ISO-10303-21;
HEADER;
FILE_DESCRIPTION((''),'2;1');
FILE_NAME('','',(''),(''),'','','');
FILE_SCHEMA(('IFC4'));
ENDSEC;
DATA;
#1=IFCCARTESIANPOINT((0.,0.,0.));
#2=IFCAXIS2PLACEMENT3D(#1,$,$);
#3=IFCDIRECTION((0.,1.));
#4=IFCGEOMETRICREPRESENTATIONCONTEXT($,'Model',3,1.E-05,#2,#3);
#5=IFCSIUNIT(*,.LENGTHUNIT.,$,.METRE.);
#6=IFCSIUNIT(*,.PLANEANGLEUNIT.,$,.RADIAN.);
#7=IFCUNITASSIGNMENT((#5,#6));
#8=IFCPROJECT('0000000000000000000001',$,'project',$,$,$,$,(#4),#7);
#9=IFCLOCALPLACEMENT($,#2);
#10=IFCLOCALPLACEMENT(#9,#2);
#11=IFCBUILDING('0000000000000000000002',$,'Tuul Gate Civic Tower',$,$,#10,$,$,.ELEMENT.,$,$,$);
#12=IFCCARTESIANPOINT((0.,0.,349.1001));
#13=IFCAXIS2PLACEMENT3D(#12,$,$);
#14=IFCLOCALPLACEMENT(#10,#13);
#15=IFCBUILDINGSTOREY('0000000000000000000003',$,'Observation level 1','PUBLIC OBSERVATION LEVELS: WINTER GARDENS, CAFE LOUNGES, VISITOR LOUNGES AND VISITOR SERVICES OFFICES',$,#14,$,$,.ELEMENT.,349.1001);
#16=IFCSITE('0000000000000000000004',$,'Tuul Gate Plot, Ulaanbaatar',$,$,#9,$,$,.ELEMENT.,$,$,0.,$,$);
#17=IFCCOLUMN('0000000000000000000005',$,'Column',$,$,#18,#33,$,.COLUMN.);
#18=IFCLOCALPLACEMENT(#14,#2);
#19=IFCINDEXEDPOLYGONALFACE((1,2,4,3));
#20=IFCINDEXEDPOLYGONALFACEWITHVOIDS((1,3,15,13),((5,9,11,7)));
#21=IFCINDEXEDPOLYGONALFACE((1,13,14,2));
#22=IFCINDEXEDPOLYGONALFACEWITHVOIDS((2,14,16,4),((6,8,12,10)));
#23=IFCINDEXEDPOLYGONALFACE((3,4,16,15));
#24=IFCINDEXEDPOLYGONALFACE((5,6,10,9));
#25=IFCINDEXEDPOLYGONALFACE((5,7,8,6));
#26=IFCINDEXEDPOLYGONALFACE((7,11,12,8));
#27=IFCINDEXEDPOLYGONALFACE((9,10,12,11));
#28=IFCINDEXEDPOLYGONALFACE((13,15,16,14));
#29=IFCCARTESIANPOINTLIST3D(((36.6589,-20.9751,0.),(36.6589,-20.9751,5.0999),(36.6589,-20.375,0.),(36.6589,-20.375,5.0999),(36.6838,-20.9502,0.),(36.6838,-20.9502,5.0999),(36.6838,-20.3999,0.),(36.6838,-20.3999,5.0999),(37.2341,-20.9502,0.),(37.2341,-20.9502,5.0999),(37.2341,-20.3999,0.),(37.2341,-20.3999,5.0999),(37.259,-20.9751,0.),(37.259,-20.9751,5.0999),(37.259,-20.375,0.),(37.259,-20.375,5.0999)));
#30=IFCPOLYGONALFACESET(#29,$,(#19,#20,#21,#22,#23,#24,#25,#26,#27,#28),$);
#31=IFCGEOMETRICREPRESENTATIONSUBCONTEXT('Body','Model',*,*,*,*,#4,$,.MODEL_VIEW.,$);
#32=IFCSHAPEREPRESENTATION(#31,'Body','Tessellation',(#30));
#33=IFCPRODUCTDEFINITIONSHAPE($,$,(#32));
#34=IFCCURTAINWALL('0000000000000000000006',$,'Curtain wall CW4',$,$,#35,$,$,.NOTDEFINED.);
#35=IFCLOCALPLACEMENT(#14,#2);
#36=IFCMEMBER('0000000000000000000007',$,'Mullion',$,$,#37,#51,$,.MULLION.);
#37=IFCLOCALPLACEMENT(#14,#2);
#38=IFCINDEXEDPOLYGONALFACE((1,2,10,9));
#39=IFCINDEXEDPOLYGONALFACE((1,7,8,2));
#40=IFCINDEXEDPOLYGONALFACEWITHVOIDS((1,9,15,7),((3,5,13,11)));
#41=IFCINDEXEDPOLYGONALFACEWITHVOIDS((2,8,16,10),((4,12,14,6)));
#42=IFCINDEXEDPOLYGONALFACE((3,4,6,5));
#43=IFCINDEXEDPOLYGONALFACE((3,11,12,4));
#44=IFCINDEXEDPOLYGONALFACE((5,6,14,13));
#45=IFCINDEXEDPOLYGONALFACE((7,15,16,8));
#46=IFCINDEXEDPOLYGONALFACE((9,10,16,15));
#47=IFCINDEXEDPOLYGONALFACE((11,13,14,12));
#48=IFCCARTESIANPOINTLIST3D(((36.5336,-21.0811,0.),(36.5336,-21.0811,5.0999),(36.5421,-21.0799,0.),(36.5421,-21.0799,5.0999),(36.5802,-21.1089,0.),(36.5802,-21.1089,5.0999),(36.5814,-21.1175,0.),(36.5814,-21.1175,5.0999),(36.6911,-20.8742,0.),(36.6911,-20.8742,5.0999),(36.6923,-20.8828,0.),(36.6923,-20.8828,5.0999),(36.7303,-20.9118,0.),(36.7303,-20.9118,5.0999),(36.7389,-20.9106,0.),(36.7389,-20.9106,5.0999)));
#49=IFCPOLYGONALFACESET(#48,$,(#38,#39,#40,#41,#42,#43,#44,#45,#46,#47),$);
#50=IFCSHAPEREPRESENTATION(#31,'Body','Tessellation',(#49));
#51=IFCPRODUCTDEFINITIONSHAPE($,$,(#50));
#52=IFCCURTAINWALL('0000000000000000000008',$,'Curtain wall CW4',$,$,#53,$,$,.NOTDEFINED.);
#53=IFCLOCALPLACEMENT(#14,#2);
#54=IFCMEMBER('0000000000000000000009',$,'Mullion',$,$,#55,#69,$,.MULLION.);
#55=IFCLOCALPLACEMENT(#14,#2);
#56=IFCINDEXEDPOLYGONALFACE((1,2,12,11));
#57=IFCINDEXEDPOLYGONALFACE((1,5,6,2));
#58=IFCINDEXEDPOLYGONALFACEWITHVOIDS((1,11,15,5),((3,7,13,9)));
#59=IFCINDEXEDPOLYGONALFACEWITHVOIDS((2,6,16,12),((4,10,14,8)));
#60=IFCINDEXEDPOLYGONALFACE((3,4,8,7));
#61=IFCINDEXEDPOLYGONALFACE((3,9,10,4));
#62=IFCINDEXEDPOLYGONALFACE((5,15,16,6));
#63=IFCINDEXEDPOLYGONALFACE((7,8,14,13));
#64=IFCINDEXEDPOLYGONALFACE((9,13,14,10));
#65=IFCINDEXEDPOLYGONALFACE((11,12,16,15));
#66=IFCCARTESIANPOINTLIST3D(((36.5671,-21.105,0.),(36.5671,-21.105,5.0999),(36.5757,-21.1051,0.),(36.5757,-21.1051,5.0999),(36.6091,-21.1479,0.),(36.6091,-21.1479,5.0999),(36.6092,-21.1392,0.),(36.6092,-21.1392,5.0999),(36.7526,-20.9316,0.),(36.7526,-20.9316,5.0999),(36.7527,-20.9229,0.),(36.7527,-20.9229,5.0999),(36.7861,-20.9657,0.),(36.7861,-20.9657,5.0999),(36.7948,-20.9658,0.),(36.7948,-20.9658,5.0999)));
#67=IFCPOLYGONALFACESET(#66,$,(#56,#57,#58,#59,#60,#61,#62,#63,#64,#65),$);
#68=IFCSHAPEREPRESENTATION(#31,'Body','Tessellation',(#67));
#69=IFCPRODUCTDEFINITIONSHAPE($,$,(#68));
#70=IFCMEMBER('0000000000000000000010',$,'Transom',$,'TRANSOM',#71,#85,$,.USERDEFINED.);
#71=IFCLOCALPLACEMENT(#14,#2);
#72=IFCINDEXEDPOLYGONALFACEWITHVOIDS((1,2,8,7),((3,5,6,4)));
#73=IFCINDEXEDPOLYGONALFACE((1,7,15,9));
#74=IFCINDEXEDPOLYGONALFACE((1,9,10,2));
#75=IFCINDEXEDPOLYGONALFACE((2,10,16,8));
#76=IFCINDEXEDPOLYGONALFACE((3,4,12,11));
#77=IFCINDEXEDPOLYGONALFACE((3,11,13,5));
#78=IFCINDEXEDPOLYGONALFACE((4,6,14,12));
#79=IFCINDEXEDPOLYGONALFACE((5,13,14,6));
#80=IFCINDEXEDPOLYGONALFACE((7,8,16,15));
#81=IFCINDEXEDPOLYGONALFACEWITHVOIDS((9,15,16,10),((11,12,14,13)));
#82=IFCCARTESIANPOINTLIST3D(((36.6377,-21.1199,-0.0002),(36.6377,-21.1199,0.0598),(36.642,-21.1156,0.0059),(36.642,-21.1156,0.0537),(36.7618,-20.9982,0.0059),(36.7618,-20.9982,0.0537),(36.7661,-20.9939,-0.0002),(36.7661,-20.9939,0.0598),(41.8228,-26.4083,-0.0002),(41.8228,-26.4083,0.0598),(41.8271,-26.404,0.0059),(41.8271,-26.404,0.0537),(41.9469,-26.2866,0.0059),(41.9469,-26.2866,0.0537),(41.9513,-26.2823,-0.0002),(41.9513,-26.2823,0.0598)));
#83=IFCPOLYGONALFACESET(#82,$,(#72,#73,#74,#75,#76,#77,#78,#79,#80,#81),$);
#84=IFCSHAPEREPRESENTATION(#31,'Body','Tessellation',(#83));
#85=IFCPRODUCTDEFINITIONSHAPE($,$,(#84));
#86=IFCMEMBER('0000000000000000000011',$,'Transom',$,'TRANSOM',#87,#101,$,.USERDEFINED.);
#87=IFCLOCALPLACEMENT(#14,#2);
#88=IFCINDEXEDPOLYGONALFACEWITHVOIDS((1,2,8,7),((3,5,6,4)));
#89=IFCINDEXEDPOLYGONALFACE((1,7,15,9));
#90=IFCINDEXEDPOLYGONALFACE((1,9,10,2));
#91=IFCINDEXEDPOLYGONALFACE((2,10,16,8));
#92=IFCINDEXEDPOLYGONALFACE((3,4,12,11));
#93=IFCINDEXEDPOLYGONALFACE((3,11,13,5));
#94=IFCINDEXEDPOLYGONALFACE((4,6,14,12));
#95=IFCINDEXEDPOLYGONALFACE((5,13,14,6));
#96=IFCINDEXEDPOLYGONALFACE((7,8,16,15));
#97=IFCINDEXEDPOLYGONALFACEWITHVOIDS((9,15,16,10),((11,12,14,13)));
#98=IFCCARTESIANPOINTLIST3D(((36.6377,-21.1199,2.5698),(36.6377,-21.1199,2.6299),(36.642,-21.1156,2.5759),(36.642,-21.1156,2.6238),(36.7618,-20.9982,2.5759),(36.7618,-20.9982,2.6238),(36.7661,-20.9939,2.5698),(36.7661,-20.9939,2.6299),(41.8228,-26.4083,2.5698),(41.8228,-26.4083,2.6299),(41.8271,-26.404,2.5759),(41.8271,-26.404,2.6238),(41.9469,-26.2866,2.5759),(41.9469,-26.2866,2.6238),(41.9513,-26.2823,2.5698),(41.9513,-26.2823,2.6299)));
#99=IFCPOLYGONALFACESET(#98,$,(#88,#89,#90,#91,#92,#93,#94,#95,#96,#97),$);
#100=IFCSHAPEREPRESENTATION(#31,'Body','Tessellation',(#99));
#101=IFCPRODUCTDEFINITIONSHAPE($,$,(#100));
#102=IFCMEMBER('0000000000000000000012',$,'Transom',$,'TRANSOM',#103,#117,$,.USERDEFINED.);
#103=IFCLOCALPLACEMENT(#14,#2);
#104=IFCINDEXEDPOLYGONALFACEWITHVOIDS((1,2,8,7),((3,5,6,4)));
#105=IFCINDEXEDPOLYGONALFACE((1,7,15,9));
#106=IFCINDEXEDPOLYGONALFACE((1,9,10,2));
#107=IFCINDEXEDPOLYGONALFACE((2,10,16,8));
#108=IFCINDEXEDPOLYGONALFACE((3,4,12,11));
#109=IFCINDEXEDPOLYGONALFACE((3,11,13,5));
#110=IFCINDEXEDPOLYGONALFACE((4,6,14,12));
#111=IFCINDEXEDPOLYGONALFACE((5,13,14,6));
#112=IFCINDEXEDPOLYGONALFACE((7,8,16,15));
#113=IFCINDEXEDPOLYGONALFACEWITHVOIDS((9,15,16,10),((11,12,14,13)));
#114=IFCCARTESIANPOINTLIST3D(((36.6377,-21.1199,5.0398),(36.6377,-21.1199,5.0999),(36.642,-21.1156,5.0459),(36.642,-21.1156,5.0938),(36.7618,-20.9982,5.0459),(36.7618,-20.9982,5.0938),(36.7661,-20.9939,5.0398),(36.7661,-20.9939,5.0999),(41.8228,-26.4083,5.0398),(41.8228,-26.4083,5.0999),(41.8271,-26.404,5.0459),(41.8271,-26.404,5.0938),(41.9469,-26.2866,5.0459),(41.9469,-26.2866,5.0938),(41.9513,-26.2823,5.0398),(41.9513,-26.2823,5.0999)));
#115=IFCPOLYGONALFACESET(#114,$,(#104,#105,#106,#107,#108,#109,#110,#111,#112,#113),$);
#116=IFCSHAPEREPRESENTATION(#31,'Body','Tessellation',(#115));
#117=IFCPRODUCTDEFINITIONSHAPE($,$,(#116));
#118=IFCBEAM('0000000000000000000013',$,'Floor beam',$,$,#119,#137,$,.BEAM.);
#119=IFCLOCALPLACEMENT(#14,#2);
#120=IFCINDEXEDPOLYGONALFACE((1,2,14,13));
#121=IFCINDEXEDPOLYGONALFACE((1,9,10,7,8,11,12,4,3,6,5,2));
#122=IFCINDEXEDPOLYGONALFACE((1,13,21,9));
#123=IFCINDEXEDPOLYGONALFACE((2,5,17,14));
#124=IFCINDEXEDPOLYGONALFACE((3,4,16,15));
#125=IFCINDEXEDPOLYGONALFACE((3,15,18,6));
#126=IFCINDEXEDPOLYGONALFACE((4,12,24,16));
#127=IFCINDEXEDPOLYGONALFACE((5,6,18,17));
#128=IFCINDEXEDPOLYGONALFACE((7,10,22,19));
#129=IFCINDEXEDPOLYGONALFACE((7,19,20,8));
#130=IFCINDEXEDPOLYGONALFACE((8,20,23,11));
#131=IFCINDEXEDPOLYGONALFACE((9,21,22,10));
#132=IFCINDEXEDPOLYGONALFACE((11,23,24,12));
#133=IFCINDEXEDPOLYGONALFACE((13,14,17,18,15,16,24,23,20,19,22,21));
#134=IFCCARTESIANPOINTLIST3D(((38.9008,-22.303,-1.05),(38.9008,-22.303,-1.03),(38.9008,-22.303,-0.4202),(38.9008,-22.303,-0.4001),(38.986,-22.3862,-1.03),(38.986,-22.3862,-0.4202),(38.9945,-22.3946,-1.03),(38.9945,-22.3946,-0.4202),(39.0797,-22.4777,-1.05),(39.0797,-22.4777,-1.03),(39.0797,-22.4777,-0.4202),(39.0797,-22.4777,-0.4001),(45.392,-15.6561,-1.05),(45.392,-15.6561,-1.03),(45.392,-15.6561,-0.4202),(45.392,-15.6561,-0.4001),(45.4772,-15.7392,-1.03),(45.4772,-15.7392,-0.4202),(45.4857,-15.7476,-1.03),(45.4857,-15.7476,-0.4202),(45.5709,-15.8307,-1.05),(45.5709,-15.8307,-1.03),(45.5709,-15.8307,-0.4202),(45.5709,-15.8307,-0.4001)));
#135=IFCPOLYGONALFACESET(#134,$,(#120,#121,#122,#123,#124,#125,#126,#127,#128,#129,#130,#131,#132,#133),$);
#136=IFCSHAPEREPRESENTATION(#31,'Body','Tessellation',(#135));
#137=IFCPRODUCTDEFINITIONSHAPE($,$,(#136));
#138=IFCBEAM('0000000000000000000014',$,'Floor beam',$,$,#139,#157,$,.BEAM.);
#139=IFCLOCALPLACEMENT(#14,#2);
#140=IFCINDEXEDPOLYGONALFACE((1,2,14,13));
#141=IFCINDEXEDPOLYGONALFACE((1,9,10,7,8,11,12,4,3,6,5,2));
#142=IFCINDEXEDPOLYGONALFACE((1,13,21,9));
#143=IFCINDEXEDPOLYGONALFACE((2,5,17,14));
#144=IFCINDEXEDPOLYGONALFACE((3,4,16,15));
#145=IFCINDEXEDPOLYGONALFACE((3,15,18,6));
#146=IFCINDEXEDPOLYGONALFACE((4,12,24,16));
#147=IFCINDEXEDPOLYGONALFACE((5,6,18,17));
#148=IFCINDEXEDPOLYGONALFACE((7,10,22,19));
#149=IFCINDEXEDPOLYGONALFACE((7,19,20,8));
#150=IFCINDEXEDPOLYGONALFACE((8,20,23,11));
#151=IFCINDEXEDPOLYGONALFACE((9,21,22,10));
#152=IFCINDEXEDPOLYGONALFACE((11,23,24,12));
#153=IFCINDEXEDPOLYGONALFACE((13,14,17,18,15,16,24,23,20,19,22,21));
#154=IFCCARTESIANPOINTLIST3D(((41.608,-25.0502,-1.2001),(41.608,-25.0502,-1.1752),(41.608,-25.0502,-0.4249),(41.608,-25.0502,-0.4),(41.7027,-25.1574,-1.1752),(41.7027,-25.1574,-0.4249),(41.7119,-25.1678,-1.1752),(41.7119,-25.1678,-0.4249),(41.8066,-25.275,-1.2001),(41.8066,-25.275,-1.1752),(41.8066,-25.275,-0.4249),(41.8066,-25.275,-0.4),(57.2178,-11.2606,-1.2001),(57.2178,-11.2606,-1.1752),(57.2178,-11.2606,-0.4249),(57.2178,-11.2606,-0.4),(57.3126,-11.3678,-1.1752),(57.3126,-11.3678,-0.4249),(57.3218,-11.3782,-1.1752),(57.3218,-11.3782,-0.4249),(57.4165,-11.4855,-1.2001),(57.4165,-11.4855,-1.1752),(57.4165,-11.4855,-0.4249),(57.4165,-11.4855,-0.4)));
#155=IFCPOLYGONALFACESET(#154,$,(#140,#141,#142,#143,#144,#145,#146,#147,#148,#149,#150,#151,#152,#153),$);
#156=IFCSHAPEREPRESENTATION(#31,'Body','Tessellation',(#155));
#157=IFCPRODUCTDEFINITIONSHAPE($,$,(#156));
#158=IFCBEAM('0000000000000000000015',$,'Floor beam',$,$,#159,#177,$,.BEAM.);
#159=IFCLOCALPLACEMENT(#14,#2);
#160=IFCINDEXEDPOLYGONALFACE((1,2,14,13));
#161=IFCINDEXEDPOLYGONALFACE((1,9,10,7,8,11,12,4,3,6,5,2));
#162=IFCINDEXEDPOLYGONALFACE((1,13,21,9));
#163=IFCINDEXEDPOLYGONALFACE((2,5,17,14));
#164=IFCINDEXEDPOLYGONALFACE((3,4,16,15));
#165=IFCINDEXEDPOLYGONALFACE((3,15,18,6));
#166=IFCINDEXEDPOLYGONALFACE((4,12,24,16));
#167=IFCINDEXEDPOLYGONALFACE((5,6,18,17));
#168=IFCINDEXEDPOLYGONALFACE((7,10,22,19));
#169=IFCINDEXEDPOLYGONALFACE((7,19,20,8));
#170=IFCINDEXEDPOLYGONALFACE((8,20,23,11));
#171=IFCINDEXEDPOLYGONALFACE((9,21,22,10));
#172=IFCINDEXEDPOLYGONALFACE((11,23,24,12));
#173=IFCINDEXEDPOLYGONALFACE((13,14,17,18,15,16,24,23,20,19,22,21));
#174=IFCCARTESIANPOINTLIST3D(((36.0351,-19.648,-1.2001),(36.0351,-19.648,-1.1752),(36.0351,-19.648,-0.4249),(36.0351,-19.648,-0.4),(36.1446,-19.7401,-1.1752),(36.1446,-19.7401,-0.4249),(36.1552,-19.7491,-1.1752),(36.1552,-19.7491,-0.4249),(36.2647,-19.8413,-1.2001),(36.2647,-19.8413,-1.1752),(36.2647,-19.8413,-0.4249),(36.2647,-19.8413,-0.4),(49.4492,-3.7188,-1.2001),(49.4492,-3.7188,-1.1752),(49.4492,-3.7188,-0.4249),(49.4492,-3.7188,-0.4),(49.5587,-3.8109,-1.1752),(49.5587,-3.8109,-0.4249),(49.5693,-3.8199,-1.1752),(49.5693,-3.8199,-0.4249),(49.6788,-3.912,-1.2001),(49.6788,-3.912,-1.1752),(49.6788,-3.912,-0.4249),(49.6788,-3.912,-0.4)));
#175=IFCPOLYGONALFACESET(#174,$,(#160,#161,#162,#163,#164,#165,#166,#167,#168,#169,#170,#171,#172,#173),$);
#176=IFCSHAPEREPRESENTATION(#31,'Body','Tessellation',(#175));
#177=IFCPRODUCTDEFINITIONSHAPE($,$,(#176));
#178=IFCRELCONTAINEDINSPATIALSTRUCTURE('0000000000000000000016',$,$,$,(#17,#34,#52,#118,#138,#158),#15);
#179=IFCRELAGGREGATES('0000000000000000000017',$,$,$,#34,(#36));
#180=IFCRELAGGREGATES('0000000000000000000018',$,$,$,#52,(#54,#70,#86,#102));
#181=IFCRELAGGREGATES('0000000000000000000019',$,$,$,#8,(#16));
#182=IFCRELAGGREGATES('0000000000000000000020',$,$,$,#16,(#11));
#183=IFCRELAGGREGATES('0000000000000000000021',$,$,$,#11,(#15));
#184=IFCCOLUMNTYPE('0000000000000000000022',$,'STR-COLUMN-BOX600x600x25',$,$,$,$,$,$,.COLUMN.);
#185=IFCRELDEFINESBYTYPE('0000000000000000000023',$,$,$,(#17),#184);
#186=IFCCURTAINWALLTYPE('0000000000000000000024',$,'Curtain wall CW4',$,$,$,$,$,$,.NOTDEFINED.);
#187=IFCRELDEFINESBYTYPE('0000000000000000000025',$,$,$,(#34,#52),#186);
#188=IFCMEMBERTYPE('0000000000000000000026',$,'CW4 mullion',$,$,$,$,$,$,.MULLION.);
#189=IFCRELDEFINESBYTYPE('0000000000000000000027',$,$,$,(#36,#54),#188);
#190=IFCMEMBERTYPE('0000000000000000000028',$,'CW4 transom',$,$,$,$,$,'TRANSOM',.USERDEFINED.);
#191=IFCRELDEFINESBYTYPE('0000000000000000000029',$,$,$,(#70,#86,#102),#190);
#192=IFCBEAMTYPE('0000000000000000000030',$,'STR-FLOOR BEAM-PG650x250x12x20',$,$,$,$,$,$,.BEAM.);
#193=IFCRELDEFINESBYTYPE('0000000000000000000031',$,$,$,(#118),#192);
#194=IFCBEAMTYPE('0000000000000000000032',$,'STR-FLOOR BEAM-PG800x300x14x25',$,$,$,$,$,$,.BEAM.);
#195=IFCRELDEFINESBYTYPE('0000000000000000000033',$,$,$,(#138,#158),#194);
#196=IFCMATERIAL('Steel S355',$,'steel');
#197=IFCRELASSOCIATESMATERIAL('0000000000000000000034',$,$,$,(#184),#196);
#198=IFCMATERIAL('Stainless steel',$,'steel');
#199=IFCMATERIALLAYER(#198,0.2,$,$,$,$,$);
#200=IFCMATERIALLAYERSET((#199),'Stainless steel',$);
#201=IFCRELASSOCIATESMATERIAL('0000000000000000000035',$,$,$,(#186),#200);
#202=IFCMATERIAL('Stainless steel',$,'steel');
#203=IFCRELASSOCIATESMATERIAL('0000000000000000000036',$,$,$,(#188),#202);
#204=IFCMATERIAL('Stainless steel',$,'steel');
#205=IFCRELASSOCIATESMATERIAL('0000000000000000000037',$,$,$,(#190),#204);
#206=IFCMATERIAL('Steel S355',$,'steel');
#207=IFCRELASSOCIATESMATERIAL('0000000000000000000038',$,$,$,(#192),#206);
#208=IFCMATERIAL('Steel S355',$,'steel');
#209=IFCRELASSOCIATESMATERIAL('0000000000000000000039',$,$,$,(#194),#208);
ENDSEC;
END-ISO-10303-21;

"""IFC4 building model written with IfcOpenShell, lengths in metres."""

from ifc_helpers import new_model, si_unit, direction, frame, origin, origin_2d, place, context, subcontext, project, spatial, hollow_rectangle, i_section, extrude, material, layer, layer_set, material_profile, profile_set, type_object, element, aggregate, save


model = new_model("IFC4")

# Units and contexts
model_context = context("Model", 3, precision=1e-05, world=origin(), true_north=direction((0.0, 1.0)))
body_context = subcontext(model_context, "Body", "Model", "MODEL_VIEW")
ifc_project = project(units=[si_unit("LENGTHUNIT", "METRE"), si_unit("PLANEANGLEUNIT", "RADIAN")], contexts=[model_context])

# Site, building, storey
site_placement = place(None, origin())
site = spatial("IfcSite", under=ifc_project, at=site_placement, Name="Tuul Gate Plot, Ulaanbaatar", CompositionType="ELEMENT", RefElevation=0.0)
building_placement = place(site_placement, origin())
building = spatial("IfcBuilding", under=site, at=building_placement, Name="Tuul Gate Civic Tower", CompositionType="ELEMENT")
storey_placement = place(building_placement, frame((0.0, 0.0, 349.1001)))
storey = spatial("IfcBuildingStorey", under=building, at=storey_placement, Name="Observation level 1", Description="PUBLIC OBSERVATION LEVELS: WINTER GARDENS, CAFE LOUNGES, VISITOR LOUNGES AND VISITOR SERVICES OFFICES", CompositionType="ELEMENT", Elevation=349.1001)

# Column
ifc_material_1 = material(Name="Steel S355", Category="steel")
ifc_material_profile_1 = material_profile(ifc_material_1, hollow_rectangle(XDim=0.6001, YDim=0.6001, WallThickness=0.0249, at=origin_2d()), Name="BOX600x600x25")
ifc_profile_set_1 = profile_set([ifc_material_profile_1], Name="Steel S355")
column_type = type_object("IfcColumnType", Name="STR-COLUMN-BOX600x600x25", PredefinedType="COLUMN", material=ifc_profile_set_1)
column_placement = place(storey_placement, frame((36.959, -20.675, 0.0), z_axis=(0.0, 0.0, 1.0), x_axis=(1.0, 0.0, 0.0)))
element("IfcColumn", 1, at=column_placement, inside=storey, type_object=column_type, Name="Column", PredefinedType="COLUMN", context=body_context, shape_type="SweptSolid", body=[
    extrude(hollow_rectangle(XDim=0.6001, YDim=0.6001, WallThickness=0.0249, at=origin_2d()), origin(), (0.0, 0.0, 1.0), 5.0999),
])

# Curtain wall, member
ifc_material_2 = material(Name="Stainless steel", Category="steel")
ifc_layer_1 = layer(ifc_material_2, 0.2)
ifc_layer_set_1 = layer_set([ifc_layer_1], Name="Stainless steel")
curtain_wall_type = type_object("IfcCurtainWallType", Name="Curtain wall CW4", PredefinedType="NOTDEFINED", material=ifc_layer_set_1)
curtain_wall_1_placement = place(storey_placement, origin())
curtain_wall_1 = element("IfcCurtainWall", 2, at=curtain_wall_1_placement, inside=storey, type_object=curtain_wall_type, Name="Curtain wall CW4", PredefinedType="NOTDEFINED")
ifc_material_3 = material(Name="Stainless steel", Category="steel")
ifc_material_profile_2 = material_profile(ifc_material_3, hollow_rectangle(XDim=0.26, YDim=0.0601, WallThickness=0.0061, at=origin_2d()), Name="CW4 mullion")
ifc_profile_set_2 = profile_set([ifc_material_profile_2], Name="Stainless steel")
member_type_1 = type_object("IfcMemberType", Name="CW4 mullion", PredefinedType="MULLION", material=ifc_profile_set_2)
member_1_placement = place(storey_placement, frame((36.6362, -20.9958, 0.0), z_axis=(0.0, 0.0, 1.0), x_axis=(0.605851, 0.795578, 0.0)))
member_1 = element("IfcMember", 3, at=member_1_placement, type_object=member_type_1, Name="Mullion", PredefinedType="MULLION", context=body_context, shape_type="SweptSolid", body=[
    extrude(hollow_rectangle(XDim=0.26, YDim=0.0601, WallThickness=0.0061, at=origin_2d()), origin(), (0.0, 0.0, 1.0), 5.0999),
])
aggregate(curtain_wall_1, [member_1])

# Curtain wall, members
curtain_wall_2_placement = place(storey_placement, origin())
curtain_wall_2 = element("IfcCurtainWall", 4, at=curtain_wall_2_placement, inside=storey, type_object=curtain_wall_type, Name="Curtain wall CW4", PredefinedType="NOTDEFINED")
member_2_placement = place(storey_placement, frame((36.6809, -21.0354, 0.0), z_axis=(0.0, 0.0, 1.0), x_axis=(0.714048, 0.700097, 0.0)))
member_2 = element("IfcMember", 5, at=member_2_placement, type_object=member_type_1, Name="Mullion", PredefinedType="MULLION", context=body_context, shape_type="SweptSolid", body=[
    extrude(hollow_rectangle(XDim=0.26, YDim=0.0601, WallThickness=0.0061, at=origin_2d()), origin(), (0.0, 0.0, 1.0), 5.0999),
])
ifc_material_4 = material(Name="Stainless steel", Category="steel")
ifc_material_profile_3 = material_profile(ifc_material_4, hollow_rectangle(XDim=0.1799, YDim=0.0601, WallThickness=0.0061, at=origin_2d()), Name="CW4 transom")
ifc_profile_set_3 = profile_set([ifc_material_profile_3], Name="Stainless steel")
member_type_2 = type_object("IfcMemberType", Name="CW4 transom", ElementType="TRANSOM", PredefinedType="USERDEFINED", material=ifc_profile_set_3)
member_3_placement = place(storey_placement, frame((36.7019, -21.0569, 0.0298), z_axis=(0.7001, -0.714044, 0.0), x_axis=(0.714044, 0.7001, 0.0)))
member_3 = element("IfcMember", 6, at=member_3_placement, type_object=member_type_2, Name="Transom", ObjectType="TRANSOM", PredefinedType="USERDEFINED", context=body_context, shape_type="SweptSolid", body=[
    extrude(hollow_rectangle(XDim=0.1799, YDim=0.0601, WallThickness=0.0061, at=origin_2d()), origin(), (0.0, 0.0, 1.0), 7.4062),
])
member_4_placement = place(storey_placement, frame((36.7019, -21.0569, 2.5999), z_axis=(0.7001, -0.714044, 0.0), x_axis=(0.714044, 0.7001, 0.0)))
member_4 = element("IfcMember", 7, at=member_4_placement, type_object=member_type_2, Name="Transom", ObjectType="TRANSOM", PredefinedType="USERDEFINED", context=body_context, shape_type="SweptSolid", body=[
    extrude(hollow_rectangle(XDim=0.1799, YDim=0.0601, WallThickness=0.0061, at=origin_2d()), origin(), (0.0, 0.0, 1.0), 7.4062),
])
member_5_placement = place(storey_placement, frame((36.7019, -21.0569, 5.0698), z_axis=(0.7001, -0.714044, 0.0), x_axis=(0.714044, 0.7001, 0.0)))
member_5 = element("IfcMember", 8, at=member_5_placement, type_object=member_type_2, Name="Transom", ObjectType="TRANSOM", PredefinedType="USERDEFINED", context=body_context, shape_type="SweptSolid", body=[
    extrude(hollow_rectangle(XDim=0.1799, YDim=0.0601, WallThickness=0.0061, at=origin_2d()), origin(), (0.0, 0.0, 1.0), 7.4062),
])

# Beams
ifc_material_5 = material(Name="Steel S355", Category="steel")
ifc_material_profile_4 = material_profile(ifc_material_5, i_section(OverallWidth=0.25, OverallDepth=0.6499, WebThickness=0.012, FlangeThickness=0.02, at=origin_2d()), Name="PG650x250x12x20")
ifc_profile_set_4 = profile_set([ifc_material_profile_4], Name="Steel S355")
beam_type_1 = type_object("IfcBeamType", Name="STR-FLOOR BEAM-PG650x250x12x20", PredefinedType="BEAM", material=ifc_profile_set_4)
beam_1_placement = place(storey_placement, frame((38.9902, -22.3904, -0.7251), z_axis=(0.698674, 0.71544, 0.0), x_axis=(-0.71544, 0.698674, 0.0)))
element("IfcBeam", 9, at=beam_1_placement, inside=storey, type_object=beam_type_1, Name="Floor beam", PredefinedType="BEAM", context=body_context, shape_type="SweptSolid", body=[
    extrude(i_section(OverallWidth=0.25, OverallDepth=0.6499, WebThickness=0.012, FlangeThickness=0.02, at=origin_2d()), origin(), (0.0, 0.0, 1.0), 9.2908),
])
ifc_material_6 = material(Name="Steel S355", Category="steel")
ifc_material_profile_5 = material_profile(ifc_material_6, i_section(OverallWidth=0.3, OverallDepth=0.8, WebThickness=0.0139, FlangeThickness=0.0249, at=origin_2d()), Name="PG800x300x14x25")
ifc_profile_set_5 = profile_set([ifc_material_profile_5], Name="Steel S355")
beam_type_2 = type_object("IfcBeamType", Name="STR-FLOOR BEAM-PG800x300x14x25", PredefinedType="BEAM", material=ifc_profile_set_5)
beam_2_placement = place(storey_placement, frame((41.7073, -25.1626, -0.8), z_axis=(0.749453, 0.662057, 0.0), x_axis=(-0.662057, 0.749453, 0.0)))
element("IfcBeam", 10, at=beam_2_placement, inside=storey, type_object=beam_type_2, Name="Floor beam", PredefinedType="BEAM", context=body_context, shape_type="SweptSolid", body=[
    extrude(i_section(OverallWidth=0.3, OverallDepth=0.8, WebThickness=0.0139, FlangeThickness=0.0249, at=origin_2d()), origin(), (0.0, 0.0, 1.0), 20.8284),
])
beam_3_placement = place(storey_placement, frame((36.1499, -19.7446, -0.8), z_axis=(0.644136, 0.764911, 0.0), x_axis=(-0.764911, 0.644136, 0.0)))
element("IfcBeam", 11, at=beam_3_placement, inside=storey, type_object=beam_type_2, Name="Floor beam", PredefinedType="BEAM", context=body_context, shape_type="SweptSolid", body=[
    extrude(i_section(OverallWidth=0.3, OverallDepth=0.8, WebThickness=0.0139, FlangeThickness=0.0249, at=origin_2d()), origin(), (0.0, 0.0, 1.0), 20.825),
])

aggregate(curtain_wall_2, [member_2, member_3, member_4, member_5])

save(model, "model.ifc")
